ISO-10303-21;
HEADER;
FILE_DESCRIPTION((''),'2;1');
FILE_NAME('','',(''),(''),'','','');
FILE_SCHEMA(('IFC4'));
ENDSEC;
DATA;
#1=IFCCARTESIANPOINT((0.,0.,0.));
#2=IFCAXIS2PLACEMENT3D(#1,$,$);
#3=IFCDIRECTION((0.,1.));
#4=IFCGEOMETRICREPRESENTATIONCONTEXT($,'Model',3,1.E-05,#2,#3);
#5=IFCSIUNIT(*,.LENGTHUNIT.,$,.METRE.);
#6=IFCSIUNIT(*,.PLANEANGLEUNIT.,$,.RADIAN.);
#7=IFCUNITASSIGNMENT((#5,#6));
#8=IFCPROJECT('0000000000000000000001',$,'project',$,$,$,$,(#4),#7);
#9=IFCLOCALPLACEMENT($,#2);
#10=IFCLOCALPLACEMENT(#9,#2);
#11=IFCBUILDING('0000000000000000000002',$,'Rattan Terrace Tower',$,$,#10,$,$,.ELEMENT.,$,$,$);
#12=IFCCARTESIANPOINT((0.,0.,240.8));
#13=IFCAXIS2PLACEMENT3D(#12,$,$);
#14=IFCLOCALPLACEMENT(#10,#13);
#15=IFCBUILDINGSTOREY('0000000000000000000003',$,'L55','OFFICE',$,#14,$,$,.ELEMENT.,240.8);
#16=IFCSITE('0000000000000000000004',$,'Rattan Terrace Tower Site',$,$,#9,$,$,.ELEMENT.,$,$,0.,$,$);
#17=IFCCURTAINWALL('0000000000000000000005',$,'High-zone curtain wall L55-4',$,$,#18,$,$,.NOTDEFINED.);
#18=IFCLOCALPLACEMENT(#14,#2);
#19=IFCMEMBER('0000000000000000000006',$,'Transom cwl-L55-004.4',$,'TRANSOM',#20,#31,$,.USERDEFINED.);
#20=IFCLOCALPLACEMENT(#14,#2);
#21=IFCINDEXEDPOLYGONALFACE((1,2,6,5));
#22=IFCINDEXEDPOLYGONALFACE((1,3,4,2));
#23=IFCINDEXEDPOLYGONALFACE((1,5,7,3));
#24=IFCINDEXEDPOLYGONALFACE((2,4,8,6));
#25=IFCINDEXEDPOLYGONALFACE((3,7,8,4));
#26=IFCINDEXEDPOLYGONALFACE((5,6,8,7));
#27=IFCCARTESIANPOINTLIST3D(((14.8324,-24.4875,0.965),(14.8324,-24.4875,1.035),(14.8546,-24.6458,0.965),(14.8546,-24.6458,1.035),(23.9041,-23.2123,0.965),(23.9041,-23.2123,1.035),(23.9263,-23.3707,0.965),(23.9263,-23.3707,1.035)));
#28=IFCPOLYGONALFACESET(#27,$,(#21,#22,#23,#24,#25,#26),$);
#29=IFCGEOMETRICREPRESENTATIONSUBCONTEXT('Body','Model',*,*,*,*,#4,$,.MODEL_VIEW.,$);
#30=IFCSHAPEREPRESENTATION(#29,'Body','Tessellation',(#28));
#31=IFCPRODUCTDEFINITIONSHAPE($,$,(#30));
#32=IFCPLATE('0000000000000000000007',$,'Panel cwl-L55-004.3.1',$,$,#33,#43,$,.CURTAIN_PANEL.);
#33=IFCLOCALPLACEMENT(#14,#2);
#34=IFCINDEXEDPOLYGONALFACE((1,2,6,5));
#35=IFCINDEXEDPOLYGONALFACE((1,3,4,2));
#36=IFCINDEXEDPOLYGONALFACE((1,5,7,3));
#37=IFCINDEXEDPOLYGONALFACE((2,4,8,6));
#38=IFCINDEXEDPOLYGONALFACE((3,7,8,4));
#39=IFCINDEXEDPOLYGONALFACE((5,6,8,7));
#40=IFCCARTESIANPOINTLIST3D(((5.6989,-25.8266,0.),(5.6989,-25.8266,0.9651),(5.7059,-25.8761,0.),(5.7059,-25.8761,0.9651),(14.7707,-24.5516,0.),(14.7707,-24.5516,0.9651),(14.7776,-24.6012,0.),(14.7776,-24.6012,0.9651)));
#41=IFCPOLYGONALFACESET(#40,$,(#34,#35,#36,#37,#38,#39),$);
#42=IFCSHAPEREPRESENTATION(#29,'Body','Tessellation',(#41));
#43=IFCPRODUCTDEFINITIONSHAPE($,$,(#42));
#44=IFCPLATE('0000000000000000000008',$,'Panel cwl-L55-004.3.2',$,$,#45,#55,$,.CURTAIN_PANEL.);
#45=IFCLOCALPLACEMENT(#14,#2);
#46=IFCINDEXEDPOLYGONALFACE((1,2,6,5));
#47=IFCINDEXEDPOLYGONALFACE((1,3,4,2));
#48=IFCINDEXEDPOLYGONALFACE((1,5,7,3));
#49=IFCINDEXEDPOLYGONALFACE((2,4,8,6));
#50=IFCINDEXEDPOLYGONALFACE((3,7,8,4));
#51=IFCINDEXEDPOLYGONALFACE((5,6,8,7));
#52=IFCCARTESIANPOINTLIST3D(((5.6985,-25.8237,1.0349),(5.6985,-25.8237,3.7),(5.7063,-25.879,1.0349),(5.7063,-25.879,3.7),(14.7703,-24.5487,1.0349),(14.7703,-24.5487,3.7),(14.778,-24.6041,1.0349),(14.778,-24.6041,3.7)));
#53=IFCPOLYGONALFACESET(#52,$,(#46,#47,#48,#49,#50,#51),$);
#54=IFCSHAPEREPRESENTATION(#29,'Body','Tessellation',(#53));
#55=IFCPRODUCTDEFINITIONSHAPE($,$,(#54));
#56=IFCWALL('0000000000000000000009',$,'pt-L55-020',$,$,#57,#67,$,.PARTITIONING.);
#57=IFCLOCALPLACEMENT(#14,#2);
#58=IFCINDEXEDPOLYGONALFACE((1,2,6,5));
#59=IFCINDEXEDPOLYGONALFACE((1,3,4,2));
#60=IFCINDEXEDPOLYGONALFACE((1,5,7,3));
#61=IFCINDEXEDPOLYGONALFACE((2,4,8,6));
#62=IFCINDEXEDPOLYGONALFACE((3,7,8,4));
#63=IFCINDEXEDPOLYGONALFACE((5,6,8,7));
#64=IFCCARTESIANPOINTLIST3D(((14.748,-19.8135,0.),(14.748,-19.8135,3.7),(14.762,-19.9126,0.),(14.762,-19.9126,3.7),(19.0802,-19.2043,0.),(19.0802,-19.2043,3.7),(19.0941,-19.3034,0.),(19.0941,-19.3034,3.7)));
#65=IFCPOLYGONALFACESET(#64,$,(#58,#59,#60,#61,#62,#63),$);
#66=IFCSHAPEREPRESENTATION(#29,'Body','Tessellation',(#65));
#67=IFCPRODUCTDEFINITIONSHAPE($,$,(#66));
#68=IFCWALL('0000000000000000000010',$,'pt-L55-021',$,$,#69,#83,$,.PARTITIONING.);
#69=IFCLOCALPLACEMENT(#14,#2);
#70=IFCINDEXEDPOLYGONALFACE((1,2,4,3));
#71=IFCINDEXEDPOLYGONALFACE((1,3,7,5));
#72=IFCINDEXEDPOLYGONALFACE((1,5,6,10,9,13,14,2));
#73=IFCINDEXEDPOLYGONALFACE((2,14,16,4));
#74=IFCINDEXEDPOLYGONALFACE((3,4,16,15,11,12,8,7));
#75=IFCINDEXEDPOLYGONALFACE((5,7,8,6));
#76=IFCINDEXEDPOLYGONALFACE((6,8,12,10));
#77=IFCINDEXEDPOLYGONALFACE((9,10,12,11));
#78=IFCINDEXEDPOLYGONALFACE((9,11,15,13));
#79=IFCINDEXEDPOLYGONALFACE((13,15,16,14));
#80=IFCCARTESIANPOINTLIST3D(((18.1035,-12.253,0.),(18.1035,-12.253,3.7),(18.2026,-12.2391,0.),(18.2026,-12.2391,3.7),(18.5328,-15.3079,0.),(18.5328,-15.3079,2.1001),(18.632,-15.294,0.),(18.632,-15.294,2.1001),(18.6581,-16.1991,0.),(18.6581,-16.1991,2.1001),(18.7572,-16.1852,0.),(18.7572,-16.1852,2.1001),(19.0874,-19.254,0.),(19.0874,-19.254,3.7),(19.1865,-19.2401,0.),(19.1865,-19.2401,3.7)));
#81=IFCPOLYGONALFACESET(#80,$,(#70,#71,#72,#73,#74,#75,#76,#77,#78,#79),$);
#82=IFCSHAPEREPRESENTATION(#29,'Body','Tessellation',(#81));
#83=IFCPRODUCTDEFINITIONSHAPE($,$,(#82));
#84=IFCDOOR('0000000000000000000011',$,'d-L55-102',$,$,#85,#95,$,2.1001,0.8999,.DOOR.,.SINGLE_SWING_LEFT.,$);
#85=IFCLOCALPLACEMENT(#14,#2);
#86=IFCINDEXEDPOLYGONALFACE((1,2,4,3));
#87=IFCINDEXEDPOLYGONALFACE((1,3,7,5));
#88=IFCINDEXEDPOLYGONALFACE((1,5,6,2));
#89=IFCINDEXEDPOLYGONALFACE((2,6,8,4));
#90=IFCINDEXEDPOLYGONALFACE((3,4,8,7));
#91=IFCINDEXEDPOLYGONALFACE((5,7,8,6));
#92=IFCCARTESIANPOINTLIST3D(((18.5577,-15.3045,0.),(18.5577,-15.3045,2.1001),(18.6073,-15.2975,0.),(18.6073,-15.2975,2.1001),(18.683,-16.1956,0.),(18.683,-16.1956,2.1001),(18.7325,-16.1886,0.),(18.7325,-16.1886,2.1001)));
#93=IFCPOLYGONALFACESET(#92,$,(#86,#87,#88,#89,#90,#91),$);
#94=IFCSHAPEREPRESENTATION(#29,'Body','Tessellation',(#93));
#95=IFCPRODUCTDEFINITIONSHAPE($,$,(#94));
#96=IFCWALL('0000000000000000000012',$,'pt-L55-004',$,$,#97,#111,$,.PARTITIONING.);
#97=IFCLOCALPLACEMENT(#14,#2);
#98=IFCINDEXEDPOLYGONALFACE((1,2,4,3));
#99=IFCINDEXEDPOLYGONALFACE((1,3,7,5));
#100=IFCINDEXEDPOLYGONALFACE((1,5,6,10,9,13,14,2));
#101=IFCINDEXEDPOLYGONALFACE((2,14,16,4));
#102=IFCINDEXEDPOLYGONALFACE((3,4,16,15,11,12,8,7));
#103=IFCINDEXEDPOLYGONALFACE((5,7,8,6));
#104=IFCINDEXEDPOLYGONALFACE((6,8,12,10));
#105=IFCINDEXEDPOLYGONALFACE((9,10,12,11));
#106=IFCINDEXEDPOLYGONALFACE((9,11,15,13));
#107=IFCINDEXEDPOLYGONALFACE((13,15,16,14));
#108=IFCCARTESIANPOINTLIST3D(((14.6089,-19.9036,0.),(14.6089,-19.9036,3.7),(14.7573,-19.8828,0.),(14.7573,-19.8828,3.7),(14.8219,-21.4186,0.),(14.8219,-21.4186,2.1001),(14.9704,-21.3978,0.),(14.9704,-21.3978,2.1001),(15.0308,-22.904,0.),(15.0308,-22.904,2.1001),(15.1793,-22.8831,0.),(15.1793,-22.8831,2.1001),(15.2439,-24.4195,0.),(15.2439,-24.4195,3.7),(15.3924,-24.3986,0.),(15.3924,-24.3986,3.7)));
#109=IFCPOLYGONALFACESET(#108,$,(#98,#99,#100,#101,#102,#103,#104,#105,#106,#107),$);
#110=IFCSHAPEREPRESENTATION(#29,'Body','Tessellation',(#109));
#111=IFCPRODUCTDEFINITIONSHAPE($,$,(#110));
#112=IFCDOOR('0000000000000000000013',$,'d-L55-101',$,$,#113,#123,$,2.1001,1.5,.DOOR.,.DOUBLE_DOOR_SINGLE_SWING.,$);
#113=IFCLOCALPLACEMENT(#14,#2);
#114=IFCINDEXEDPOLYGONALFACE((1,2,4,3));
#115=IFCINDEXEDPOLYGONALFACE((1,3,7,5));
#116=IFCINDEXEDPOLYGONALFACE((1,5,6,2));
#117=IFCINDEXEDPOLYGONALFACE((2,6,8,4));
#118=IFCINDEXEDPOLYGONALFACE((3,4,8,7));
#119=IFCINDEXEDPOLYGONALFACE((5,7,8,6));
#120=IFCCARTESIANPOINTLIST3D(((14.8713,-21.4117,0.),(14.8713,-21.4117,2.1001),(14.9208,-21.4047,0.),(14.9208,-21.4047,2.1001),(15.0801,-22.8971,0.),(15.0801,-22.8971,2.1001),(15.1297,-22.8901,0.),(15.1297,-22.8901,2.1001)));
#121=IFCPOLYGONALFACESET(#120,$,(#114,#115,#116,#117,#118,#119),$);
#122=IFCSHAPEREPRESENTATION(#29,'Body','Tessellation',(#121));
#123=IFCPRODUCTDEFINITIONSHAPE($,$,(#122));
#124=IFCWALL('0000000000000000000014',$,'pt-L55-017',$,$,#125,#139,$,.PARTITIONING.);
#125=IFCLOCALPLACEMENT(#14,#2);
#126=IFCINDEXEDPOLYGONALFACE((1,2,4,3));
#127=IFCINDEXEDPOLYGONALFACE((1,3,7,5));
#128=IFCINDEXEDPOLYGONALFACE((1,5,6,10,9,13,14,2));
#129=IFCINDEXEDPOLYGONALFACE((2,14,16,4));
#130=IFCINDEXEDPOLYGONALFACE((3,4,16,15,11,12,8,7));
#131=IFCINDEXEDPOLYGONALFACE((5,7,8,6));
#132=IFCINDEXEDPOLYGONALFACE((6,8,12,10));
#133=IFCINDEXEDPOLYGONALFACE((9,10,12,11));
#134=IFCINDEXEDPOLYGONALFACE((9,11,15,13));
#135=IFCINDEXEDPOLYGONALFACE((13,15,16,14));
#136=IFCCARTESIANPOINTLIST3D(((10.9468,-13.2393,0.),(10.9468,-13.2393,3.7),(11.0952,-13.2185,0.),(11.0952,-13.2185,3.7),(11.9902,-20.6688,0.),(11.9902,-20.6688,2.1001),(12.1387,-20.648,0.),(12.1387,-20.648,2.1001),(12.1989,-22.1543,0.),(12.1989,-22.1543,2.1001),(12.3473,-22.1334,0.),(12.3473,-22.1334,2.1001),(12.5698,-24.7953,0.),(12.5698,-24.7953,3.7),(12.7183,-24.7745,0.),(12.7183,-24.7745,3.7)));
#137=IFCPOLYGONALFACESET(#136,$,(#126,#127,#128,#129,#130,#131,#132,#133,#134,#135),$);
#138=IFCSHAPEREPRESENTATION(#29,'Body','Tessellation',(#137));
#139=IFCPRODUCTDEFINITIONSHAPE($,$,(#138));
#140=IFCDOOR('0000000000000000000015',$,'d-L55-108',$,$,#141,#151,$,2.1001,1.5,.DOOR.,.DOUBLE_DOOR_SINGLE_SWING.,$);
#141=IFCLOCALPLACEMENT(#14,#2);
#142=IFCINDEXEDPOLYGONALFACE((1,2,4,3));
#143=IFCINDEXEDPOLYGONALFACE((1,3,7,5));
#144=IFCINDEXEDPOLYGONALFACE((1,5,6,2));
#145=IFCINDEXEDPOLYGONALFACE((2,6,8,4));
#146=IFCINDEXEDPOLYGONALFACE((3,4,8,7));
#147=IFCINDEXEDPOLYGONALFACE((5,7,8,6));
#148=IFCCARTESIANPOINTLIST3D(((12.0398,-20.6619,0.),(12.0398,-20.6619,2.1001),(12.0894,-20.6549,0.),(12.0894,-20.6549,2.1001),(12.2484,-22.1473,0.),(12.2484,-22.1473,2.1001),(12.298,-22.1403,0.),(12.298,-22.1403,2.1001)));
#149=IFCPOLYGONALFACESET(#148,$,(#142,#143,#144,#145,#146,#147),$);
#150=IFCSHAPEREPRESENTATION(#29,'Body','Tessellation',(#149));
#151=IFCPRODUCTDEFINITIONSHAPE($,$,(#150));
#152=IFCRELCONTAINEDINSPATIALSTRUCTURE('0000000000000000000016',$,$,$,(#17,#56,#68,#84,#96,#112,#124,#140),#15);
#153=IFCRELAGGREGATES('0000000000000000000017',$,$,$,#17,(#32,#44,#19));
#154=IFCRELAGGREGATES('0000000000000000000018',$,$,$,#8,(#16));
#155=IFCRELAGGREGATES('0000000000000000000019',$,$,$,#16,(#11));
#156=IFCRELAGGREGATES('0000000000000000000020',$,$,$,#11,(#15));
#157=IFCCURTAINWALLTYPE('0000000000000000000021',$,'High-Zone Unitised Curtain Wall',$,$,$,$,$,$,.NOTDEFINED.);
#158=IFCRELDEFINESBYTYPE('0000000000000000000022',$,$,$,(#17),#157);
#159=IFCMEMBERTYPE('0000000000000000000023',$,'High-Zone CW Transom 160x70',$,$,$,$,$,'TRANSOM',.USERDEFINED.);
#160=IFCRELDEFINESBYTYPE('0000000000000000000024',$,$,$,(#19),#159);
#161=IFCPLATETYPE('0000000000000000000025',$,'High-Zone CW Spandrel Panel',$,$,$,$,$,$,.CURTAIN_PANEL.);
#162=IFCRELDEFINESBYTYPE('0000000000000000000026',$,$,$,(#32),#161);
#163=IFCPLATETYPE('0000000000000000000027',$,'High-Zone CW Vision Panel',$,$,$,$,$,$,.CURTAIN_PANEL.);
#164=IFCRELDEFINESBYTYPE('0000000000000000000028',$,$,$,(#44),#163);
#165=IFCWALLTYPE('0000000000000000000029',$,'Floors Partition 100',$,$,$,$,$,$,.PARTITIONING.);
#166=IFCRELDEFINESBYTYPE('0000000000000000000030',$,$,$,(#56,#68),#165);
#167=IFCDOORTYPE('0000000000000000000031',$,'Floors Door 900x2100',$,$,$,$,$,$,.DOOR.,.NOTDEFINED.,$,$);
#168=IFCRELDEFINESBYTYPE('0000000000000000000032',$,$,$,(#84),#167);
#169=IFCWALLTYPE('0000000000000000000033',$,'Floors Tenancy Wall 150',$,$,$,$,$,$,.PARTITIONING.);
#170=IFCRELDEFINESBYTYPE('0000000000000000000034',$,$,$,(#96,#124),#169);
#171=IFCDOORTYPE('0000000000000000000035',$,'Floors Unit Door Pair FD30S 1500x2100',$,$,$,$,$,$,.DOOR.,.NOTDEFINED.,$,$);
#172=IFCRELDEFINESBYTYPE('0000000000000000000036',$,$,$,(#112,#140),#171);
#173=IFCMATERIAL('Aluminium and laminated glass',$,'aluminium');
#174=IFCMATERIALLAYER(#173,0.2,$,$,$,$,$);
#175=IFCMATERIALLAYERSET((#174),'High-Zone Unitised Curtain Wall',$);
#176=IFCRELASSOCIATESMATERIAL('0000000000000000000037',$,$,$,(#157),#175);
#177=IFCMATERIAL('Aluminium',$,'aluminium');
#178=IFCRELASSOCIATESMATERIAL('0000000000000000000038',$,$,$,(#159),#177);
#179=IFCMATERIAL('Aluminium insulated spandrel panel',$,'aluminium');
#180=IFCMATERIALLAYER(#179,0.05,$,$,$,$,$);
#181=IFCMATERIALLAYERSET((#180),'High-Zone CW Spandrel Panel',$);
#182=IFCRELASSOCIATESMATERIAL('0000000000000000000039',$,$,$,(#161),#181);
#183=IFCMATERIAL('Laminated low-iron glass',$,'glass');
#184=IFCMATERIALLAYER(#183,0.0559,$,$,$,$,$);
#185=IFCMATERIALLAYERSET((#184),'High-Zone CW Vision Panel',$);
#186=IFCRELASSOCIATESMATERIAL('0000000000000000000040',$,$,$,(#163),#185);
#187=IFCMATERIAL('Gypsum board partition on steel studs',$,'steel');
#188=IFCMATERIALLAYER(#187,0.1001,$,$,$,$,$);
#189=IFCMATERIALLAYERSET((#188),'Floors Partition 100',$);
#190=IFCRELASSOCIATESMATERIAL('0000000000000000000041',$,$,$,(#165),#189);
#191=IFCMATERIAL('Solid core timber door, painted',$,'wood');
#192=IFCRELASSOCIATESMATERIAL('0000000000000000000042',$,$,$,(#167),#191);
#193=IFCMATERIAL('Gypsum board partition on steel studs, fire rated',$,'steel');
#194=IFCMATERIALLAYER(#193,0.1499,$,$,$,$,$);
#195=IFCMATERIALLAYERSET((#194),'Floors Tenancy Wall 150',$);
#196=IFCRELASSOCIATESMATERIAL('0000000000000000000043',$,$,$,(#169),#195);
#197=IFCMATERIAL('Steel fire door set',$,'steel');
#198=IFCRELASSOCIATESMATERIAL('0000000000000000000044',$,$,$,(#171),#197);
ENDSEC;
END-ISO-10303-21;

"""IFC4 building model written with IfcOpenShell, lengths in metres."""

from ifc_helpers import new_model, si_unit, direction, frame, frame_2d, origin, origin_2d, place, context, subcontext, project, spatial, rectangle, extrude, material, layer, layer_set, material_profile, profile_set, type_object, element, fill, aggregate, save


model = new_model("IFC4")

# Units and contexts
model_context = context("Model", 3, precision=1e-05, world=origin(), true_north=direction((0.0, 1.0)))
body_context = subcontext(model_context, "Body", "Model", "MODEL_VIEW")
ifc_project = project(units=[si_unit("LENGTHUNIT", "METRE"), si_unit("PLANEANGLEUNIT", "RADIAN")], contexts=[model_context])

# Site, building, storey
site_placement = place(None, origin())
site = spatial("IfcSite", under=ifc_project, at=site_placement, Name="Rattan Terrace Tower Site", CompositionType="ELEMENT", RefElevation=0.0)
building_placement = place(site_placement, origin())
building = spatial("IfcBuilding", under=site, at=building_placement, Name="Rattan Terrace Tower", CompositionType="ELEMENT")
storey_placement = place(building_placement, frame((0.0, 0.0, 240.8)))
storey = spatial("IfcBuildingStorey", under=building, at=storey_placement, Name="L55", Description="OFFICE", CompositionType="ELEMENT", Elevation=240.8)

# Curtain wall, member, plates
ifc_material_1 = material(Name="Aluminium and laminated glass", Category="aluminium")
ifc_layer_1 = layer(ifc_material_1, 0.2)
ifc_layer_set_1 = layer_set([ifc_layer_1], Name="High-Zone Unitised Curtain Wall")
curtain_wall_type = type_object("IfcCurtainWallType", Name="High-Zone Unitised Curtain Wall", PredefinedType="NOTDEFINED", material=ifc_layer_set_1)
curtain_wall_placement = place(storey_placement, origin())
curtain_wall = element("IfcCurtainWall", 1, at=curtain_wall_placement, inside=storey, type_object=curtain_wall_type, Name="High-zone curtain wall L55-4", PredefinedType="NOTDEFINED")
ifc_material_2 = material(Name="Aluminium", Category="aluminium")
ifc_material_profile_1 = material_profile(ifc_material_2, rectangle(XDim=0.1599, YDim=0.0701, at=origin_2d()), Name="Aluminium 160x70")
ifc_profile_set_1 = profile_set([ifc_material_profile_1], Name="Aluminium")
member_type_1 = type_object("IfcMemberType", Name="High-Zone CW Transom 160x70", ElementType="TRANSOM", PredefinedType="USERDEFINED", material=ifc_profile_set_1)
member_1_placement = place(storey_placement, frame((14.8435, -24.5667, 1.0), z_axis=(0.990265, 0.139194, 0.0), x_axis=(-0.139194, 0.990265, 0.0)))
member_1 = element("IfcMember", 2, at=member_1_placement, type_object=member_type_1, Name="Transom cwl-L55-004.4", ObjectType="TRANSOM", PredefinedType="USERDEFINED", context=body_context, shape_type="SweptSolid", body=[
    extrude(rectangle(XDim=0.1599, YDim=0.0701, at=origin_2d()), origin(), (0.0, 0.0, 1.0), 9.1609),
])
ifc_material_3 = material(Name="Aluminium insulated spandrel panel", Category="aluminium")
ifc_layer_2 = layer(ifc_material_3, 0.05)
ifc_layer_set_2 = layer_set([ifc_layer_2], Name="High-Zone CW Spandrel Panel")
plate_type_1 = type_object("IfcPlateType", Name="High-Zone CW Spandrel Panel", PredefinedType="CURTAIN_PANEL", material=ifc_layer_set_2)
plate_1_placement = place(storey_placement, frame((10.2383, -25.2139, 0.0), z_axis=(0.0, 0.0, 1.0), x_axis=(0.990267, 0.139177, 0.0)))
plate_1 = element("IfcPlate", 3, at=plate_1_placement, type_object=plate_type_1, Name="Panel cwl-L55-004.3.1", PredefinedType="CURTAIN_PANEL", context=body_context, shape_type="SweptSolid", body=[
    extrude(rectangle(XDim=9.1609, YDim=0.05, at=origin_2d()), origin(), (0.0, 0.0, 1.0), 0.9651),
])
ifc_material_4 = material(Name="Laminated low-iron glass", Category="glass")
ifc_layer_3 = layer(ifc_material_4, 0.0559)
ifc_layer_set_3 = layer_set([ifc_layer_3], Name="High-Zone CW Vision Panel")
plate_type_2 = type_object("IfcPlateType", Name="High-Zone CW Vision Panel", PredefinedType="CURTAIN_PANEL", material=ifc_layer_set_3)
plate_2_placement = place(storey_placement, frame((10.2383, -25.2139, 1.0349), z_axis=(0.0, 0.0, 1.0), x_axis=(0.990267, 0.139177, 0.0)))
plate_2 = element("IfcPlate", 4, at=plate_2_placement, type_object=plate_type_2, Name="Panel cwl-L55-004.3.2", PredefinedType="CURTAIN_PANEL", context=body_context, shape_type="SweptSolid", body=[
    extrude(rectangle(XDim=9.1609, YDim=0.0559, at=origin_2d()), origin(), (0.0, 0.0, 1.0), 2.665),
])
aggregate(curtain_wall, [plate_1, plate_2, member_1])

# Wall
ifc_material_5 = material(Name="Gypsum board partition on steel studs", Category="steel")
ifc_layer_4 = layer(ifc_material_5, 0.1001)
ifc_layer_set_4 = layer_set([ifc_layer_4], Name="Floors Partition 100")
wall_type_1 = type_object("IfcWallType", Name="Floors Partition 100", PredefinedType="PARTITIONING", material=ifc_layer_set_4)
wall_1_placement = place(storey_placement, frame((14.7549, -19.863, 0.0), z_axis=(0.0, 0.0, 1.0), x_axis=(0.990259, 0.139241, 0.0)))
element("IfcWall", 5, at=wall_1_placement, inside=storey, type_object=wall_type_1, Name="pt-L55-020", PredefinedType="PARTITIONING", context=body_context, shape_type="SweptSolid", body=[
    extrude(rectangle(XDim=4.3748, YDim=0.1001, at=frame_2d((2.1875, 0.0))), origin(), (0.0, 0.0, 1.0), 3.7),
])

# Walls, openings, doors
wall_2_placement = place(storey_placement, frame((19.137, -19.2471, 0.0), z_axis=(0.0, 0.0, 1.0), x_axis=(-0.139168, 0.990269, 0.0)))
wall_2 = element("IfcWall", 6, at=wall_2_placement, inside=storey, type_object=wall_type_1, Name="pt-L55-021", PredefinedType="PARTITIONING", context=body_context, shape_type="SweptSolid", body=[
    extrude(rectangle(XDim=7.0698, YDim=0.1001, at=frame_2d((3.5349, 0.0))), origin(), (0.0, 0.0, 1.0), 3.7),
])
opening_1_placement = place(wall_2_placement, frame((3.085, 0.0, 0.0)))
opening_1 = element("IfcOpeningElement", 7, at=opening_1_placement, cuts=wall_2, PredefinedType="OPENING", context=body_context, shape_type="SweptSolid", body=[
    extrude(rectangle(XDim=0.8999, YDim=2.1001, at=frame_2d((0.45, 1.05))), frame((0.0, 0.0605, 0.0), z_axis=(0.0, -1.0, 0.0), x_axis=(1.0, 0.0, 0.0)), (0.0, 0.0, 1.0), 0.1211),
])
ifc_material_6 = material(Name="Solid core timber door, painted", Category="wood")
door_type_1 = type_object("IfcDoorType", Name="Floors Door 900x2100", OperationType="NOTDEFINED", PredefinedType="DOOR", material=ifc_material_6)
door_1_placement = place(opening_1_placement, origin())
door_1 = element("IfcDoor", 8, at=door_1_placement, inside=storey, type_object=door_type_1, Name="d-L55-102", OperationType="SINGLE_SWING_LEFT", OverallHeight=2.1001, OverallWidth=0.8999, PredefinedType="DOOR", context=body_context, shape_type="SweptSolid", body=[
    extrude(rectangle(XDim=0.8999, YDim=2.1001, at=frame_2d((0.45, 1.05))), frame((0.0, 0.0249, 0.0), z_axis=(0.0, -1.0, 0.0), x_axis=(1.0, 0.0, 0.0)), (0.0, 0.0, 1.0), 0.05),
])
fill(opening_1, door_1)
ifc_material_7 = material(Name="Gypsum board partition on steel studs, fire rated", Category="steel")
ifc_layer_5 = layer(ifc_material_7, 0.1499)
ifc_layer_set_5 = layer_set([ifc_layer_5], Name="Floors Tenancy Wall 150")
wall_type_2 = type_object("IfcWallType", Name="Floors Tenancy Wall 150", PredefinedType="PARTITIONING", material=ifc_layer_set_5)
wall_3_placement = place(storey_placement, frame((14.6831, -19.8931, 0.0), z_axis=(0.0, 0.0, 1.0), x_axis=(0.139247, -0.990258, 0.0)))
wall_3 = element("IfcWall", 9, at=wall_3_placement, inside=storey, type_object=wall_type_2, Name="pt-L55-004", PredefinedType="PARTITIONING", context=body_context, shape_type="SweptSolid", body=[
    extrude(rectangle(XDim=4.5603, YDim=0.1499, at=frame_2d((2.2803, 0.0))), origin(), (0.0, 0.0, 1.0), 3.7),
])
opening_2_placement = place(wall_3_placement, frame((1.53, 0.0, 0.0)))
opening_2 = element("IfcOpeningElement", 10, at=opening_2_placement, cuts=wall_3, PredefinedType="OPENING", context=body_context, shape_type="SweptSolid", body=[
    extrude(rectangle(XDim=1.5, YDim=2.1001, at=frame_2d((0.75, 1.05))), frame((0.0, 0.0854, 0.0), z_axis=(0.0, -1.0, 0.0), x_axis=(1.0, 0.0, 0.0)), (0.0, 0.0, 1.0), 0.1709),
])
ifc_material_8 = material(Name="Steel fire door set", Category="steel")
door_type_2 = type_object("IfcDoorType", Name="Floors Unit Door Pair FD30S 1500x2100", OperationType="NOTDEFINED", PredefinedType="DOOR", material=ifc_material_8)
door_2_placement = place(opening_2_placement, origin())
door_2 = element("IfcDoor", 11, at=door_2_placement, inside=storey, type_object=door_type_2, Name="d-L55-101", OperationType="DOUBLE_DOOR_SINGLE_SWING", OverallHeight=2.1001, OverallWidth=1.5, PredefinedType="DOOR", context=body_context, shape_type="SweptSolid", body=[
    extrude(rectangle(XDim=1.5, YDim=2.1001, at=frame_2d((0.75, 1.05))), frame((0.0, 0.0249, 0.0), z_axis=(0.0, -1.0, 0.0), x_axis=(1.0, 0.0, 0.0)), (0.0, 0.0, 1.0), 0.05),
])
fill(opening_2, door_2)
wall_4_placement = place(storey_placement, frame((12.644, -24.7849, 0.0), z_axis=(0.0, 0.0, 1.0), x_axis=(-0.139087, 0.99028, 0.0)))
wall_4 = element("IfcWall", 12, at=wall_4_placement, inside=storey, type_object=wall_type_2, Name="pt-L55-017", PredefinedType="PARTITIONING", context=body_context, shape_type="SweptSolid", body=[
    extrude(rectangle(XDim=11.6694, YDim=0.1499, at=frame_2d((5.8347, 0.0))), origin(), (0.0, 0.0, 1.0), 3.7),
])
opening_3_placement = place(wall_4_placement, frame((2.667, 0.0, 0.0)))
opening_3 = element("IfcOpeningElement", 13, at=opening_3_placement, cuts=wall_4, PredefinedType="OPENING", context=body_context, shape_type="SweptSolid", body=[
    extrude(rectangle(XDim=1.5, YDim=2.1001, at=frame_2d((0.75, 1.05))), frame((0.0, 0.0854, 0.0), z_axis=(0.0, -1.0, 0.0), x_axis=(1.0, 0.0, 0.0)), (0.0, 0.0, 1.0), 0.1709),
])
door_3_placement = place(opening_3_placement, origin())
door_3 = element("IfcDoor", 14, at=door_3_placement, inside=storey, type_object=door_type_2, Name="d-L55-108", OperationType="DOUBLE_DOOR_SINGLE_SWING", OverallHeight=2.1001, OverallWidth=1.5, PredefinedType="DOOR", context=body_context, shape_type="SweptSolid", body=[
    extrude(rectangle(XDim=1.5, YDim=2.1001, at=frame_2d((0.75, 1.05))), frame((0.0, 0.0249, 0.0), z_axis=(0.0, -1.0, 0.0), x_axis=(1.0, 0.0, 0.0)), (0.0, 0.0, 1.0), 0.05),
])
fill(opening_3, door_3)

save(model, "model.ifc")
